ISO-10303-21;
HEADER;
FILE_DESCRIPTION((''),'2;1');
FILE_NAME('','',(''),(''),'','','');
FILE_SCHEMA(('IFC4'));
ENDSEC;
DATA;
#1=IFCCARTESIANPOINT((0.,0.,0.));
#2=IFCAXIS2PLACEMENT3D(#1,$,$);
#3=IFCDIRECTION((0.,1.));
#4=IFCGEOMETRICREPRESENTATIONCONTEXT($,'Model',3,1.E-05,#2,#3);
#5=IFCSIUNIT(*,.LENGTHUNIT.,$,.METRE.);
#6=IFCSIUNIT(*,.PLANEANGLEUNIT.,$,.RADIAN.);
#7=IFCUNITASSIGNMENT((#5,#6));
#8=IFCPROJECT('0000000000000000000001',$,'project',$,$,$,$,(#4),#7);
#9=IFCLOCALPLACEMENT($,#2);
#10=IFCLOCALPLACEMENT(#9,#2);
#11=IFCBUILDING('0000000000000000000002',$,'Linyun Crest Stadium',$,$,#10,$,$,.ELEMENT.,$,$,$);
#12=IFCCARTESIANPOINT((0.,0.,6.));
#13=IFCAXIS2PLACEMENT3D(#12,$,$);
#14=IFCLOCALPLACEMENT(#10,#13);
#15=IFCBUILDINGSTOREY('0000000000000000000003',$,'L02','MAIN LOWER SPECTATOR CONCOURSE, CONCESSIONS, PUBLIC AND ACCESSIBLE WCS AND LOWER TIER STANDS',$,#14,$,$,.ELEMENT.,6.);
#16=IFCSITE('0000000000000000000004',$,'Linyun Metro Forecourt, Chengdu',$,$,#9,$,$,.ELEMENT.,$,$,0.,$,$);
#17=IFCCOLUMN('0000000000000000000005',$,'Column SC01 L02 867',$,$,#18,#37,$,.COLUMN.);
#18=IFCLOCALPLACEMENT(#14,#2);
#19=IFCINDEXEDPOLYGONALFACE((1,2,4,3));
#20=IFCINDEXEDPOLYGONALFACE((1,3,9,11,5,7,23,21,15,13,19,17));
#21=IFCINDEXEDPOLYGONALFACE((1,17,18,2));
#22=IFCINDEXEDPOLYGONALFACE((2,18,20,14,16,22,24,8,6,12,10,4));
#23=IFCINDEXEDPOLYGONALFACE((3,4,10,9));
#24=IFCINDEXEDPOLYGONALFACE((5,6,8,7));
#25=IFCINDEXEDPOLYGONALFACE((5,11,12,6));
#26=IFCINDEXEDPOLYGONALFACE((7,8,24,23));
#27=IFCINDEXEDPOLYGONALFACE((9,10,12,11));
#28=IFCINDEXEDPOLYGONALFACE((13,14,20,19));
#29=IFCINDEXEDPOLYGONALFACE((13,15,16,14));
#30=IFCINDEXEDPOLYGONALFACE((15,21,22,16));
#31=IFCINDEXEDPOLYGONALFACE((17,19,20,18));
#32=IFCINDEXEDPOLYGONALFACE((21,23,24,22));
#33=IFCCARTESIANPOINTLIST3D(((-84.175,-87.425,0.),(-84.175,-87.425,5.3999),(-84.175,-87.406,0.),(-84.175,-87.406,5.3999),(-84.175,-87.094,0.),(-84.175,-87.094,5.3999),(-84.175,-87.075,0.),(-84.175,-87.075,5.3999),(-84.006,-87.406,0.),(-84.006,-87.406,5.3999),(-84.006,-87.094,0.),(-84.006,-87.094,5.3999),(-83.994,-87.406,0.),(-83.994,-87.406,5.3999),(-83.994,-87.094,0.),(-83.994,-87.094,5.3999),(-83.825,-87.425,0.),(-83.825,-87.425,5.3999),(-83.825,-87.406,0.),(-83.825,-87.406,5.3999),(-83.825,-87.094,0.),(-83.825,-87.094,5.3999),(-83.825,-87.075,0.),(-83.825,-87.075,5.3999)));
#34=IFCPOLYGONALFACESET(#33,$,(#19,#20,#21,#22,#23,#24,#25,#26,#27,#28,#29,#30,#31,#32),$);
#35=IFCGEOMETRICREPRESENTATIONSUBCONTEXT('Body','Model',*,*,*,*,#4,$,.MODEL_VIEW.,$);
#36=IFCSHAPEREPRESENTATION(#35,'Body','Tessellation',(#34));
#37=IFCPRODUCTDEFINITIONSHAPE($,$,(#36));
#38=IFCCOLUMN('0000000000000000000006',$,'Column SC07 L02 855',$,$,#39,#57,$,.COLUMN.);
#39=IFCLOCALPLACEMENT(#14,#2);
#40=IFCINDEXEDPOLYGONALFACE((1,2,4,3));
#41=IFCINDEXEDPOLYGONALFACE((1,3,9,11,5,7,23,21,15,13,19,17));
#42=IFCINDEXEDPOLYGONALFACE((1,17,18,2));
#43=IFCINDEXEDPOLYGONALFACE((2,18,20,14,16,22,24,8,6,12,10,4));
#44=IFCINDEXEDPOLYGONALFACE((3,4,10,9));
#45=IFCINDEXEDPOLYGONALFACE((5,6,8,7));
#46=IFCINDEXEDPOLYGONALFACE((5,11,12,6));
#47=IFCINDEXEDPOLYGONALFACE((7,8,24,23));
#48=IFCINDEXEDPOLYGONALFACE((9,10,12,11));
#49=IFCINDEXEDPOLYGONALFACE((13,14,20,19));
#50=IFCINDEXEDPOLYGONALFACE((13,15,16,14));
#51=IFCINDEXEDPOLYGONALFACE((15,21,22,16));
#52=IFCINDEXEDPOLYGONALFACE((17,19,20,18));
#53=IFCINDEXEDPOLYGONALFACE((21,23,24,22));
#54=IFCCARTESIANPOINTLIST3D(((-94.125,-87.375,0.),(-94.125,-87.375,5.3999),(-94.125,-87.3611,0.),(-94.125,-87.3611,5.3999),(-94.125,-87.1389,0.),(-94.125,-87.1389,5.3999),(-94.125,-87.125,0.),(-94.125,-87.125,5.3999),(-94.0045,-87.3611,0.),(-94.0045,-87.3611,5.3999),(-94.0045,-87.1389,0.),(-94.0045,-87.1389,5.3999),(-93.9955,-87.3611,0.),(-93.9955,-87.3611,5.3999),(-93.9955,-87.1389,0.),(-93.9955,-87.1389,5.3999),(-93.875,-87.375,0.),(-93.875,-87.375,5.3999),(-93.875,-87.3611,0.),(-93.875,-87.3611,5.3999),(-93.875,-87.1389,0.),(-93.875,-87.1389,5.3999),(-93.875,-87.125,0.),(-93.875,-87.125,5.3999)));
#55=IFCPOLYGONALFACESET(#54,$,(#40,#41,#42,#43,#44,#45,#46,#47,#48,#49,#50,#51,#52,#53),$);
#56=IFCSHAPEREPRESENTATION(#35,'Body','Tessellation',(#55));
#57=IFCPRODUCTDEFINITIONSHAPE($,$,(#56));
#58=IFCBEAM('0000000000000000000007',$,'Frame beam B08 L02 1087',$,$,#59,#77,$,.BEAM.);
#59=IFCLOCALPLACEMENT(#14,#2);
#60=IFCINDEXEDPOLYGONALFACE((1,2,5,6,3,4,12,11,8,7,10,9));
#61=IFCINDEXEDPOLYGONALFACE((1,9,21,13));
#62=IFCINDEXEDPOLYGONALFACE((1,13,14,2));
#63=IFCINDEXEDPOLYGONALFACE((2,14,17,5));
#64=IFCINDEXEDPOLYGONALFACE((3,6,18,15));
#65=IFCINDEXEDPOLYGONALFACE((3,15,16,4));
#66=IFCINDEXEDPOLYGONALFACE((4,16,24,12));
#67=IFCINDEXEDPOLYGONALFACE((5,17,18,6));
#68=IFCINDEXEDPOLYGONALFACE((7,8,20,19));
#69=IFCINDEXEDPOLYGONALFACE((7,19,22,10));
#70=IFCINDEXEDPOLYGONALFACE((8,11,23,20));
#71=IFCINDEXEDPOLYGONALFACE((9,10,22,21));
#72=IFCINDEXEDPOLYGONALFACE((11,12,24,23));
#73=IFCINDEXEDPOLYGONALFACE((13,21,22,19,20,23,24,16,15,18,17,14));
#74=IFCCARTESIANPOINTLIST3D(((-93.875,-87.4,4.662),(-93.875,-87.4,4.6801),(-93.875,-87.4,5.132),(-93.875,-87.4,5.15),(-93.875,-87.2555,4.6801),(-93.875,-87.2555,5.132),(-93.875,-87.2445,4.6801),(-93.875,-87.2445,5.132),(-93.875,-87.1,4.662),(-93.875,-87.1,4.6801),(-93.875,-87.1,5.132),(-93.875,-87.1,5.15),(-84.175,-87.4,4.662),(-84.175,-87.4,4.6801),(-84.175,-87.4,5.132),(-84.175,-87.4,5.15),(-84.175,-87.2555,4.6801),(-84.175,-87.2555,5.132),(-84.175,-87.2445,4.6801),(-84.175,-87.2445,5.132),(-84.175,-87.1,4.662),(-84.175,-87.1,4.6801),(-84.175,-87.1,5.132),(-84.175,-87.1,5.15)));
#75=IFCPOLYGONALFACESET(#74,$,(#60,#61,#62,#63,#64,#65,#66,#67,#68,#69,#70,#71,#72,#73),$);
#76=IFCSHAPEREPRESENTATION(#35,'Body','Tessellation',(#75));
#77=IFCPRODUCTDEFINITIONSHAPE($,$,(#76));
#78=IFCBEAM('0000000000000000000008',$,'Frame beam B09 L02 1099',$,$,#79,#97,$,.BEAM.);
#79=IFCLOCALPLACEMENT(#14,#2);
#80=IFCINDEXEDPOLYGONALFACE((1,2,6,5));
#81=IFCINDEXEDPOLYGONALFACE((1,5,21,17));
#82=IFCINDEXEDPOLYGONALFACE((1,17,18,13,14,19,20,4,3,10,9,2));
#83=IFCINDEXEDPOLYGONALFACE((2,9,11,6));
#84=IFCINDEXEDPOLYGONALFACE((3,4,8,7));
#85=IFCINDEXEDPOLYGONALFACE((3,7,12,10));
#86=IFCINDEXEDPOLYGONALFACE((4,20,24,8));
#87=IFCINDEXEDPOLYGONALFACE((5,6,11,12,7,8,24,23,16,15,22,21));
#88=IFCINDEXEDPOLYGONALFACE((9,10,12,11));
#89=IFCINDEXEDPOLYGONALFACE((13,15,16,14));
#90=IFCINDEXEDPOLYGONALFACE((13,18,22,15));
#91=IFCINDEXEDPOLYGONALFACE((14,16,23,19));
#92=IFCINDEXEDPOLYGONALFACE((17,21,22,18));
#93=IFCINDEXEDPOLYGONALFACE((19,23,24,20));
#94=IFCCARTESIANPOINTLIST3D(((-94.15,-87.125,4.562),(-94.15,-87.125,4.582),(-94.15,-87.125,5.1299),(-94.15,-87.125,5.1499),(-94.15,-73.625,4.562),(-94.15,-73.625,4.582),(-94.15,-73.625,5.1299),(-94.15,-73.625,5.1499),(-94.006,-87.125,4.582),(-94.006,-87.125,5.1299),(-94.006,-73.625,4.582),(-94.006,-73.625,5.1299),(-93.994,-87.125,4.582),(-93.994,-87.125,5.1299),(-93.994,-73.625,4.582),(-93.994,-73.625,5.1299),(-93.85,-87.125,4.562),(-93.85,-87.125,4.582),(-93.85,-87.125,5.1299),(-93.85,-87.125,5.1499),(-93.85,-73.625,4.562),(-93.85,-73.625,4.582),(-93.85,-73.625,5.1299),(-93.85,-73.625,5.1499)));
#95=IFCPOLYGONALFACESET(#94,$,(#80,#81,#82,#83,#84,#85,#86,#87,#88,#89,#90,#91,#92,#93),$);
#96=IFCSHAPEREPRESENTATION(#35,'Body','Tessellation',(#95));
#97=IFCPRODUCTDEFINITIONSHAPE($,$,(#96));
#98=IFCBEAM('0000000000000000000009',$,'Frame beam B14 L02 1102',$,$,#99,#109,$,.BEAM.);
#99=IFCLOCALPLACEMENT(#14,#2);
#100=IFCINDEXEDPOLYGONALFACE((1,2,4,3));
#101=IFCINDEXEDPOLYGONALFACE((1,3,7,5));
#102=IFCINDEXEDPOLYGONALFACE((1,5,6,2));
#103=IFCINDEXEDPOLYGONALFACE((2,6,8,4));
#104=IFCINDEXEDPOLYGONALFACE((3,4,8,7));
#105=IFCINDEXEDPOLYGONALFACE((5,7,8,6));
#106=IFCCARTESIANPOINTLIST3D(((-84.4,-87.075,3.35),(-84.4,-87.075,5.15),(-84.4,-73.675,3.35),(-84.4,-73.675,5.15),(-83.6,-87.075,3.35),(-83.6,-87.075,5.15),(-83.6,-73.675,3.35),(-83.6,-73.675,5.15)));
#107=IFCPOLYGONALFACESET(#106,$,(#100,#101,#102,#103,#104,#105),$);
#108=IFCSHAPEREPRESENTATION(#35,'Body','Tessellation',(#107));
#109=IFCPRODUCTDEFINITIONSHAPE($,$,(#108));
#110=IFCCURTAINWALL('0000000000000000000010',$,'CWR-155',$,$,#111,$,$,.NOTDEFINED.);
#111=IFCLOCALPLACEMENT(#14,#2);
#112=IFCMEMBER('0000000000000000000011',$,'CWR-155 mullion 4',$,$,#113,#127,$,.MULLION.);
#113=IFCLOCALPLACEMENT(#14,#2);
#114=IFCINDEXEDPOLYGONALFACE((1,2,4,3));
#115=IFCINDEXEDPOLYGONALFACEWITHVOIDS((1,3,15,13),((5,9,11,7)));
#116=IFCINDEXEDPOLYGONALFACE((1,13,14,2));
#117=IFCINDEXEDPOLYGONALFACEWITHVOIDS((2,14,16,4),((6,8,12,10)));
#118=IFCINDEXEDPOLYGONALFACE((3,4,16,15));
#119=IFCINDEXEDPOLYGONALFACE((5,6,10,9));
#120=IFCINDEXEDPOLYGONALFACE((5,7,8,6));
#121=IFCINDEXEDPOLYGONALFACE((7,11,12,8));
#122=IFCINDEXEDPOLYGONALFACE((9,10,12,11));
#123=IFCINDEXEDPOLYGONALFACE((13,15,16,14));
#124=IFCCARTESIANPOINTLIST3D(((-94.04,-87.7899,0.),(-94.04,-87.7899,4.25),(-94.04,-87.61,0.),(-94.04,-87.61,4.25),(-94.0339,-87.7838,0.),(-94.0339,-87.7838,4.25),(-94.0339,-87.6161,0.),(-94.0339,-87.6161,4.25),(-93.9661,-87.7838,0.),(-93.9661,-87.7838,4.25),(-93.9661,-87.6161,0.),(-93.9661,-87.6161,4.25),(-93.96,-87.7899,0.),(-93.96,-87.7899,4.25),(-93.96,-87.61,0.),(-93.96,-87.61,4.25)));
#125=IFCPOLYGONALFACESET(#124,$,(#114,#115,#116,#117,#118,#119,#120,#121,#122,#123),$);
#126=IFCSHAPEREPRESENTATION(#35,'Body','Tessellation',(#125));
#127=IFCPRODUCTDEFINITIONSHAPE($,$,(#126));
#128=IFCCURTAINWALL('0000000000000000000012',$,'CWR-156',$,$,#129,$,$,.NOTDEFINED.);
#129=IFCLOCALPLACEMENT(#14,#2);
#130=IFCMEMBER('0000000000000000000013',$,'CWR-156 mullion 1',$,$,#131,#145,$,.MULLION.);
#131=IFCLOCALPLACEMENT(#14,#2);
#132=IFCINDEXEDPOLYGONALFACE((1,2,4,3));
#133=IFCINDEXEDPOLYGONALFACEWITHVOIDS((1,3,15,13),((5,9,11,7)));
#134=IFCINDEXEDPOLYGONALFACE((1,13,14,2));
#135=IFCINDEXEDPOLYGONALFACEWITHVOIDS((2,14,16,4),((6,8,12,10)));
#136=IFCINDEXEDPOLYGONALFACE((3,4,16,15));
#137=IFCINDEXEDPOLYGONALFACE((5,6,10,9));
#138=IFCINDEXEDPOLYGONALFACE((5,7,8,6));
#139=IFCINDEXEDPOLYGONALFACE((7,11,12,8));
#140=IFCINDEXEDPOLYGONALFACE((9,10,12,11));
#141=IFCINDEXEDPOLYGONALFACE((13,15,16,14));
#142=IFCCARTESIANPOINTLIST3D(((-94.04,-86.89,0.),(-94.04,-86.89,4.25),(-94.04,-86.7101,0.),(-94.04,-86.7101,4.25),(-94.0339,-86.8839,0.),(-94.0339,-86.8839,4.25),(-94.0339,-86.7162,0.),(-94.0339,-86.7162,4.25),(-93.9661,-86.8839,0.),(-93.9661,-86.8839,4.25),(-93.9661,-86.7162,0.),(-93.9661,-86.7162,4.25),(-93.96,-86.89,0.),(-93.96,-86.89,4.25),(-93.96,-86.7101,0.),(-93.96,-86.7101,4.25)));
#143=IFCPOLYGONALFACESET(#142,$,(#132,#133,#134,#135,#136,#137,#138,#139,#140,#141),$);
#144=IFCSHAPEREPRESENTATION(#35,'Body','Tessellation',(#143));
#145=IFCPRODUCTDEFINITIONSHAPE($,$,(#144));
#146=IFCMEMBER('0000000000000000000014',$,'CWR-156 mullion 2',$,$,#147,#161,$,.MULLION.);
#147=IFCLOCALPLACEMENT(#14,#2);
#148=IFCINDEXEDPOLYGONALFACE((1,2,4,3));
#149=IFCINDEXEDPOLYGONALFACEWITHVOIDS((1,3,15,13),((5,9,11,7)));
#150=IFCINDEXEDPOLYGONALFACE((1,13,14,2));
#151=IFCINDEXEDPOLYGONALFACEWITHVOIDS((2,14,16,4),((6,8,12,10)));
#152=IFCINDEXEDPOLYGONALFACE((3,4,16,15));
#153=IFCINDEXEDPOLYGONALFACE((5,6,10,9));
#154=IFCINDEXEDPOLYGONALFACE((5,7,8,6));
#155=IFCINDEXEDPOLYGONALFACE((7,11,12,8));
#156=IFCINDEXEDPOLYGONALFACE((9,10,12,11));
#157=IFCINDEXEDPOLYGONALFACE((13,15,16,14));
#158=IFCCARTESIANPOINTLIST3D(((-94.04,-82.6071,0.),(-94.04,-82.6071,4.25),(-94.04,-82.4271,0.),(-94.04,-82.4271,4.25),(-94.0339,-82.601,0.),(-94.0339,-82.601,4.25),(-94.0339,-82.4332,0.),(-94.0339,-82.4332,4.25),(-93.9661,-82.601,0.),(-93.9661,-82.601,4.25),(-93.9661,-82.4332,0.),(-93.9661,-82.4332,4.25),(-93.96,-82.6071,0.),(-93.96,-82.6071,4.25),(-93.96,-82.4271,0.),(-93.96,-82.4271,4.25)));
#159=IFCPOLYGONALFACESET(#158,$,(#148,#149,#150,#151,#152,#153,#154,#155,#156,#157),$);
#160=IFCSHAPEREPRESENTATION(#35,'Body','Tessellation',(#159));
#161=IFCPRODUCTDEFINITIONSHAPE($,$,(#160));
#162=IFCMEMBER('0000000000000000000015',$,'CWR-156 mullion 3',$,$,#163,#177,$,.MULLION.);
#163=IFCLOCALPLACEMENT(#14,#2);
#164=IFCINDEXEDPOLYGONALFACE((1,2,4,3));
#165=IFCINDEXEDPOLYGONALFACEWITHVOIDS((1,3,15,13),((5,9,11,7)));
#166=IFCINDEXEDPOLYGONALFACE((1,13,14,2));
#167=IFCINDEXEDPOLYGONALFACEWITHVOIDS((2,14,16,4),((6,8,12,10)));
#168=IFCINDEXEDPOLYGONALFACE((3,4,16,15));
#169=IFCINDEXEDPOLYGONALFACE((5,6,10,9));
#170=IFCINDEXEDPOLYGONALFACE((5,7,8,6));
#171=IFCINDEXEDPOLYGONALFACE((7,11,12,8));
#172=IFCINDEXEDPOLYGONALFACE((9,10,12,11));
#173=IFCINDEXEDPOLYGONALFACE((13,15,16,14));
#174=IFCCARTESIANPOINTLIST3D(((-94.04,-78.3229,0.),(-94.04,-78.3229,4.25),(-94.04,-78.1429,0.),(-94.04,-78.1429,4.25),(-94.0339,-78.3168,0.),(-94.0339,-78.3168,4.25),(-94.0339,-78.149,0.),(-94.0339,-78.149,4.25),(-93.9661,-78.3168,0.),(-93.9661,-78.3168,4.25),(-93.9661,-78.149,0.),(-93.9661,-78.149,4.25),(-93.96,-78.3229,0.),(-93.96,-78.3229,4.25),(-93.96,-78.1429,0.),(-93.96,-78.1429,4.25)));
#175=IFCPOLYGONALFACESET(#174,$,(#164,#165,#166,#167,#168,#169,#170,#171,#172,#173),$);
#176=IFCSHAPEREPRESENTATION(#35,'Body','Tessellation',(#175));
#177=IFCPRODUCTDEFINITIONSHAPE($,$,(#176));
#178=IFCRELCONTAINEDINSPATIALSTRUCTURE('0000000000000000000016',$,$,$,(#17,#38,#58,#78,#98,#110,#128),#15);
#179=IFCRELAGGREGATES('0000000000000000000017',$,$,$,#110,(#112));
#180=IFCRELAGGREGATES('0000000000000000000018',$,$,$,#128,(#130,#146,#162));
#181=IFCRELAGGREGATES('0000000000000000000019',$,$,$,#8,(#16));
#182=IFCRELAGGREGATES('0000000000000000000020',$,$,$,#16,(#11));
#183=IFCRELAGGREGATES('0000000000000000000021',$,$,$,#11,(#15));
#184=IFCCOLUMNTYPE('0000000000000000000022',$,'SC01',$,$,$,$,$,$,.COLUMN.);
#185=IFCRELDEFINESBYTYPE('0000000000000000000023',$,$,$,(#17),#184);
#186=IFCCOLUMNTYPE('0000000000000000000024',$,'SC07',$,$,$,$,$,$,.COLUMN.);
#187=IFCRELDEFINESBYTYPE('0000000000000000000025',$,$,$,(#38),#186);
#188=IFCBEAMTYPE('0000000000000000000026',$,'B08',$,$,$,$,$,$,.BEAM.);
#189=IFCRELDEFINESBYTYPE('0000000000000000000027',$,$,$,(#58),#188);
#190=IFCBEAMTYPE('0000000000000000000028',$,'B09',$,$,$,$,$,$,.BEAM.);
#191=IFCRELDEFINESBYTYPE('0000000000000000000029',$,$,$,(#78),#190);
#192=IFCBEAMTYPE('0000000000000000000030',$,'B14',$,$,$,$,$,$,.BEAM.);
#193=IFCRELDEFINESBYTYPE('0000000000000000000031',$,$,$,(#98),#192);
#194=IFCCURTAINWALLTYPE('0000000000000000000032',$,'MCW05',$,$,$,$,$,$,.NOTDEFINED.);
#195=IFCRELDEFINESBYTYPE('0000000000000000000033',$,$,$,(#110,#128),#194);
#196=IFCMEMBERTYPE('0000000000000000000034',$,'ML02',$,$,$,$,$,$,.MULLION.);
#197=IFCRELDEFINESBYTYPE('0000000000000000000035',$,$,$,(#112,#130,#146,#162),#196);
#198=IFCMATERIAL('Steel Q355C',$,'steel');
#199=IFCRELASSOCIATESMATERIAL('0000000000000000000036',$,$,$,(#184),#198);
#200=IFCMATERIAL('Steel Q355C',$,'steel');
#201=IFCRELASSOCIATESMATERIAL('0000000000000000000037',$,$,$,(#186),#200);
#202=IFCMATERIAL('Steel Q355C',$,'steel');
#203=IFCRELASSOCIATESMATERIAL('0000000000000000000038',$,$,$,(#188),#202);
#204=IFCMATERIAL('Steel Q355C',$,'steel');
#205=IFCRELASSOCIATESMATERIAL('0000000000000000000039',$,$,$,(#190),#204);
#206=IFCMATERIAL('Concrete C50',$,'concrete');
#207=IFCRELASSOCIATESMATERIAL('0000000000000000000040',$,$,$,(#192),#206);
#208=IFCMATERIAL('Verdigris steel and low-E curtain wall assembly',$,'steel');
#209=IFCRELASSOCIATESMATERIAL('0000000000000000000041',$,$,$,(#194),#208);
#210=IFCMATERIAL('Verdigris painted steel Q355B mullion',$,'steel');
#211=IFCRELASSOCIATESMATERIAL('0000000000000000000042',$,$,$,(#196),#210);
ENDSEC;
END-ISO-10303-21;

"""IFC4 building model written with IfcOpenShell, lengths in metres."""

from ifc_helpers import new_model, si_unit, direction, frame, origin, origin_2d, place, context, subcontext, project, spatial, rectangle, hollow_rectangle, i_section, extrude, material, material_profile, profile_set, type_object, element, aggregate, save


model = new_model("IFC4")

# Units and contexts
model_context = context("Model", 3, precision=1e-05, world=origin(), true_north=direction((0.0, 1.0)))
body_context = subcontext(model_context, "Body", "Model", "MODEL_VIEW")
ifc_project = project(units=[si_unit("LENGTHUNIT", "METRE"), si_unit("PLANEANGLEUNIT", "RADIAN")], contexts=[model_context])

# Site, building, storey
site_placement = place(None, origin())
site = spatial("IfcSite", under=ifc_project, at=site_placement, Name="Linyun Metro Forecourt, Chengdu", CompositionType="ELEMENT", RefElevation=0.0)
building_placement = place(site_placement, origin())
building = spatial("IfcBuilding", under=site, at=building_placement, Name="Linyun Crest Stadium", CompositionType="ELEMENT")
storey_placement = place(building_placement, frame((0.0, 0.0, 6.0)))
storey = spatial("IfcBuildingStorey", under=building, at=storey_placement, Name="L02", Description="MAIN LOWER SPECTATOR CONCOURSE, CONCESSIONS, PUBLIC AND ACCESSIBLE WCS AND LOWER TIER STANDS", CompositionType="ELEMENT", Elevation=6.0)

# Columns
ifc_material_1 = material(Name="Steel Q355C", Category="steel")
ifc_material_profile_1 = material_profile(ifc_material_1, i_section(OverallWidth=0.3501, OverallDepth=0.3501, WebThickness=0.012, FlangeThickness=0.019, at=origin_2d()), Name="HW 350x350")
ifc_profile_set_1 = profile_set([ifc_material_profile_1], Name="Steel Q355C")
column_type_1 = type_object("IfcColumnType", Name="SC01", PredefinedType="COLUMN", material=ifc_profile_set_1)
column_1_placement = place(storey_placement, frame((-84.0, -87.25, 0.0), z_axis=(0.0, 0.0, 1.0), x_axis=(1.0, 0.0, 0.0)))
element("IfcColumn", 1, at=column_1_placement, inside=storey, type_object=column_type_1, Name="Column SC01 L02 867", PredefinedType="COLUMN", context=body_context, shape_type="SweptSolid", body=[
    extrude(i_section(OverallWidth=0.3501, OverallDepth=0.3501, WebThickness=0.012, FlangeThickness=0.019, at=origin_2d()), origin(), (0.0, 0.0, 1.0), 5.3999),
])
ifc_material_2 = material(Name="Steel Q355C", Category="steel")
ifc_material_profile_2 = material_profile(ifc_material_2, i_section(OverallWidth=0.25, OverallDepth=0.25, WebThickness=0.009, FlangeThickness=0.0139, at=origin_2d()), Name="HW 250x250")
ifc_profile_set_2 = profile_set([ifc_material_profile_2], Name="Steel Q355C")
column_type_2 = type_object("IfcColumnType", Name="SC07", PredefinedType="COLUMN", material=ifc_profile_set_2)
column_2_placement = place(storey_placement, frame((-94.0, -87.25, 0.0), z_axis=(0.0, 0.0, 1.0), x_axis=(1.0, 0.0, 0.0)))
element("IfcColumn", 2, at=column_2_placement, inside=storey, type_object=column_type_2, Name="Column SC07 L02 855", PredefinedType="COLUMN", context=body_context, shape_type="SweptSolid", body=[
    extrude(i_section(OverallWidth=0.25, OverallDepth=0.25, WebThickness=0.009, FlangeThickness=0.0139, at=origin_2d()), origin(), (0.0, 0.0, 1.0), 5.3999),
])

# Beams
ifc_material_3 = material(Name="Steel Q355C", Category="steel")
ifc_material_profile_3 = material_profile(ifc_material_3, i_section(OverallWidth=0.3, OverallDepth=0.488, WebThickness=0.011, FlangeThickness=0.0181, at=origin_2d()), Name="HM 488x300")
ifc_profile_set_3 = profile_set([ifc_material_profile_3], Name="Steel Q355C")
beam_type_1 = type_object("IfcBeamType", Name="B08", PredefinedType="BEAM", material=ifc_profile_set_3)
beam_1_placement = place(storey_placement, frame((-93.875, -87.25, 4.906), z_axis=(1.0, 0.0, 0.0), x_axis=(0.0, 1.0, 0.0)))
element("IfcBeam", 3, at=beam_1_placement, inside=storey, type_object=beam_type_1, Name="Frame beam B08 L02 1087", PredefinedType="BEAM", context=body_context, shape_type="SweptSolid", body=[
    extrude(i_section(OverallWidth=0.3, OverallDepth=0.488, WebThickness=0.011, FlangeThickness=0.0181, at=origin_2d()), origin(), (0.0, 0.0, 1.0), 9.7),
])
ifc_material_4 = material(Name="Steel Q355C", Category="steel")
ifc_material_profile_4 = material_profile(ifc_material_4, i_section(OverallWidth=0.3, OverallDepth=0.5879, WebThickness=0.012, FlangeThickness=0.02, at=origin_2d()), Name="HM 588x300")
ifc_profile_set_4 = profile_set([ifc_material_profile_4], Name="Steel Q355C")
beam_type_2 = type_object("IfcBeamType", Name="B09", PredefinedType="BEAM", material=ifc_profile_set_4)
beam_2_placement = place(storey_placement, frame((-94.0, -87.125, 4.856), z_axis=(0.0, 1.0, 0.0), x_axis=(-1.0, 0.0, 0.0)))
element("IfcBeam", 4, at=beam_2_placement, inside=storey, type_object=beam_type_2, Name="Frame beam B09 L02 1099", PredefinedType="BEAM", context=body_context, shape_type="SweptSolid", body=[
    extrude(i_section(OverallWidth=0.3, OverallDepth=0.5879, WebThickness=0.012, FlangeThickness=0.02, at=origin_2d()), origin(), (0.0, 0.0, 1.0), 13.5),
])
ifc_material_5 = material(Name="Concrete C50", Category="concrete")
ifc_material_profile_5 = material_profile(ifc_material_5, rectangle(XDim=0.8, YDim=1.8, at=origin_2d()), Name="RCB 1800x800")
ifc_profile_set_5 = profile_set([ifc_material_profile_5], Name="Concrete C50")
beam_type_3 = type_object("IfcBeamType", Name="B14", PredefinedType="BEAM", material=ifc_profile_set_5)
beam_3_placement = place(storey_placement, frame((-84.0, -87.075, 4.25), z_axis=(0.0, 1.0, 0.0), x_axis=(-1.0, 0.0, 0.0)))
element("IfcBeam", 5, at=beam_3_placement, inside=storey, type_object=beam_type_3, Name="Frame beam B14 L02 1102", PredefinedType="BEAM", context=body_context, shape_type="SweptSolid", body=[
    extrude(rectangle(XDim=0.8, YDim=1.8, at=origin_2d()), origin(), (0.0, 0.0, 1.0), 13.3999),
])

# Curtain wall, member
ifc_material_6 = material(Name="Verdigris steel and low-E curtain wall assembly", Category="steel")
curtain_wall_type = type_object("IfcCurtainWallType", Name="MCW05", PredefinedType="NOTDEFINED", material=ifc_material_6)
curtain_wall_1_placement = place(storey_placement, origin())
curtain_wall_1 = element("IfcCurtainWall", 6, at=curtain_wall_1_placement, inside=storey, type_object=curtain_wall_type, Name="CWR-155", PredefinedType="NOTDEFINED")
ifc_material_7 = material(Name="Verdigris painted steel Q355B mullion", Category="steel")
ifc_material_profile_6 = material_profile(ifc_material_7, hollow_rectangle(XDim=0.0801, YDim=0.1799, WallThickness=0.0061, at=origin_2d()), Name="RHS 180x80x6")
ifc_profile_set_6 = profile_set([ifc_material_profile_6], Name="Verdigris painted steel Q355B mullion")
member_type_1 = type_object("IfcMemberType", Name="ML02", PredefinedType="MULLION", material=ifc_profile_set_6)
member_1_placement = place(storey_placement, frame((-94.0, -87.7, 0.0), z_axis=(0.0, 0.0, 1.0), x_axis=(-1.0, 0.0, 0.0)))
member_1 = element("IfcMember", 7, at=member_1_placement, type_object=member_type_1, Name="CWR-155 mullion 4", PredefinedType="MULLION", context=body_context, shape_type="SweptSolid", body=[
    extrude(hollow_rectangle(XDim=0.0801, YDim=0.1799, WallThickness=0.0061, at=origin_2d()), origin(), (0.0, 0.0, 1.0), 4.25),
])
aggregate(curtain_wall_1, [member_1])

# Curtain wall, members
curtain_wall_2_placement = place(storey_placement, origin())
curtain_wall_2 = element("IfcCurtainWall", 8, at=curtain_wall_2_placement, inside=storey, type_object=curtain_wall_type, Name="CWR-156", PredefinedType="NOTDEFINED")
member_2_placement = place(storey_placement, frame((-94.0, -86.8, 0.0), z_axis=(0.0, 0.0, 1.0), x_axis=(-1.0, 0.0, 0.0)))
member_2 = element("IfcMember", 9, at=member_2_placement, type_object=member_type_1, Name="CWR-156 mullion 1", PredefinedType="MULLION", context=body_context, shape_type="SweptSolid", body=[
    extrude(hollow_rectangle(XDim=0.0801, YDim=0.1799, WallThickness=0.0061, at=origin_2d()), origin(), (0.0, 0.0, 1.0), 4.25),
])
member_3_placement = place(storey_placement, frame((-94.0, -82.5171, 0.0), z_axis=(0.0, 0.0, 1.0), x_axis=(-1.0, 0.0, 0.0)))
member_3 = element("IfcMember", 10, at=member_3_placement, type_object=member_type_1, Name="CWR-156 mullion 2", PredefinedType="MULLION", context=body_context, shape_type="SweptSolid", body=[
    extrude(hollow_rectangle(XDim=0.0801, YDim=0.1799, WallThickness=0.0061, at=origin_2d()), origin(), (0.0, 0.0, 1.0), 4.25),
])
member_4_placement = place(storey_placement, frame((-94.0, -78.2329, 0.0), z_axis=(0.0, 0.0, 1.0), x_axis=(-1.0, 0.0, 0.0)))
member_4 = element("IfcMember", 11, at=member_4_placement, type_object=member_type_1, Name="CWR-156 mullion 3", PredefinedType="MULLION", context=body_context, shape_type="SweptSolid", body=[
    extrude(hollow_rectangle(XDim=0.0801, YDim=0.1799, WallThickness=0.0061, at=origin_2d()), origin(), (0.0, 0.0, 1.0), 4.25),
])

aggregate(curtain_wall_2, [member_2, member_3, member_4])

save(model, "model.ifc")
